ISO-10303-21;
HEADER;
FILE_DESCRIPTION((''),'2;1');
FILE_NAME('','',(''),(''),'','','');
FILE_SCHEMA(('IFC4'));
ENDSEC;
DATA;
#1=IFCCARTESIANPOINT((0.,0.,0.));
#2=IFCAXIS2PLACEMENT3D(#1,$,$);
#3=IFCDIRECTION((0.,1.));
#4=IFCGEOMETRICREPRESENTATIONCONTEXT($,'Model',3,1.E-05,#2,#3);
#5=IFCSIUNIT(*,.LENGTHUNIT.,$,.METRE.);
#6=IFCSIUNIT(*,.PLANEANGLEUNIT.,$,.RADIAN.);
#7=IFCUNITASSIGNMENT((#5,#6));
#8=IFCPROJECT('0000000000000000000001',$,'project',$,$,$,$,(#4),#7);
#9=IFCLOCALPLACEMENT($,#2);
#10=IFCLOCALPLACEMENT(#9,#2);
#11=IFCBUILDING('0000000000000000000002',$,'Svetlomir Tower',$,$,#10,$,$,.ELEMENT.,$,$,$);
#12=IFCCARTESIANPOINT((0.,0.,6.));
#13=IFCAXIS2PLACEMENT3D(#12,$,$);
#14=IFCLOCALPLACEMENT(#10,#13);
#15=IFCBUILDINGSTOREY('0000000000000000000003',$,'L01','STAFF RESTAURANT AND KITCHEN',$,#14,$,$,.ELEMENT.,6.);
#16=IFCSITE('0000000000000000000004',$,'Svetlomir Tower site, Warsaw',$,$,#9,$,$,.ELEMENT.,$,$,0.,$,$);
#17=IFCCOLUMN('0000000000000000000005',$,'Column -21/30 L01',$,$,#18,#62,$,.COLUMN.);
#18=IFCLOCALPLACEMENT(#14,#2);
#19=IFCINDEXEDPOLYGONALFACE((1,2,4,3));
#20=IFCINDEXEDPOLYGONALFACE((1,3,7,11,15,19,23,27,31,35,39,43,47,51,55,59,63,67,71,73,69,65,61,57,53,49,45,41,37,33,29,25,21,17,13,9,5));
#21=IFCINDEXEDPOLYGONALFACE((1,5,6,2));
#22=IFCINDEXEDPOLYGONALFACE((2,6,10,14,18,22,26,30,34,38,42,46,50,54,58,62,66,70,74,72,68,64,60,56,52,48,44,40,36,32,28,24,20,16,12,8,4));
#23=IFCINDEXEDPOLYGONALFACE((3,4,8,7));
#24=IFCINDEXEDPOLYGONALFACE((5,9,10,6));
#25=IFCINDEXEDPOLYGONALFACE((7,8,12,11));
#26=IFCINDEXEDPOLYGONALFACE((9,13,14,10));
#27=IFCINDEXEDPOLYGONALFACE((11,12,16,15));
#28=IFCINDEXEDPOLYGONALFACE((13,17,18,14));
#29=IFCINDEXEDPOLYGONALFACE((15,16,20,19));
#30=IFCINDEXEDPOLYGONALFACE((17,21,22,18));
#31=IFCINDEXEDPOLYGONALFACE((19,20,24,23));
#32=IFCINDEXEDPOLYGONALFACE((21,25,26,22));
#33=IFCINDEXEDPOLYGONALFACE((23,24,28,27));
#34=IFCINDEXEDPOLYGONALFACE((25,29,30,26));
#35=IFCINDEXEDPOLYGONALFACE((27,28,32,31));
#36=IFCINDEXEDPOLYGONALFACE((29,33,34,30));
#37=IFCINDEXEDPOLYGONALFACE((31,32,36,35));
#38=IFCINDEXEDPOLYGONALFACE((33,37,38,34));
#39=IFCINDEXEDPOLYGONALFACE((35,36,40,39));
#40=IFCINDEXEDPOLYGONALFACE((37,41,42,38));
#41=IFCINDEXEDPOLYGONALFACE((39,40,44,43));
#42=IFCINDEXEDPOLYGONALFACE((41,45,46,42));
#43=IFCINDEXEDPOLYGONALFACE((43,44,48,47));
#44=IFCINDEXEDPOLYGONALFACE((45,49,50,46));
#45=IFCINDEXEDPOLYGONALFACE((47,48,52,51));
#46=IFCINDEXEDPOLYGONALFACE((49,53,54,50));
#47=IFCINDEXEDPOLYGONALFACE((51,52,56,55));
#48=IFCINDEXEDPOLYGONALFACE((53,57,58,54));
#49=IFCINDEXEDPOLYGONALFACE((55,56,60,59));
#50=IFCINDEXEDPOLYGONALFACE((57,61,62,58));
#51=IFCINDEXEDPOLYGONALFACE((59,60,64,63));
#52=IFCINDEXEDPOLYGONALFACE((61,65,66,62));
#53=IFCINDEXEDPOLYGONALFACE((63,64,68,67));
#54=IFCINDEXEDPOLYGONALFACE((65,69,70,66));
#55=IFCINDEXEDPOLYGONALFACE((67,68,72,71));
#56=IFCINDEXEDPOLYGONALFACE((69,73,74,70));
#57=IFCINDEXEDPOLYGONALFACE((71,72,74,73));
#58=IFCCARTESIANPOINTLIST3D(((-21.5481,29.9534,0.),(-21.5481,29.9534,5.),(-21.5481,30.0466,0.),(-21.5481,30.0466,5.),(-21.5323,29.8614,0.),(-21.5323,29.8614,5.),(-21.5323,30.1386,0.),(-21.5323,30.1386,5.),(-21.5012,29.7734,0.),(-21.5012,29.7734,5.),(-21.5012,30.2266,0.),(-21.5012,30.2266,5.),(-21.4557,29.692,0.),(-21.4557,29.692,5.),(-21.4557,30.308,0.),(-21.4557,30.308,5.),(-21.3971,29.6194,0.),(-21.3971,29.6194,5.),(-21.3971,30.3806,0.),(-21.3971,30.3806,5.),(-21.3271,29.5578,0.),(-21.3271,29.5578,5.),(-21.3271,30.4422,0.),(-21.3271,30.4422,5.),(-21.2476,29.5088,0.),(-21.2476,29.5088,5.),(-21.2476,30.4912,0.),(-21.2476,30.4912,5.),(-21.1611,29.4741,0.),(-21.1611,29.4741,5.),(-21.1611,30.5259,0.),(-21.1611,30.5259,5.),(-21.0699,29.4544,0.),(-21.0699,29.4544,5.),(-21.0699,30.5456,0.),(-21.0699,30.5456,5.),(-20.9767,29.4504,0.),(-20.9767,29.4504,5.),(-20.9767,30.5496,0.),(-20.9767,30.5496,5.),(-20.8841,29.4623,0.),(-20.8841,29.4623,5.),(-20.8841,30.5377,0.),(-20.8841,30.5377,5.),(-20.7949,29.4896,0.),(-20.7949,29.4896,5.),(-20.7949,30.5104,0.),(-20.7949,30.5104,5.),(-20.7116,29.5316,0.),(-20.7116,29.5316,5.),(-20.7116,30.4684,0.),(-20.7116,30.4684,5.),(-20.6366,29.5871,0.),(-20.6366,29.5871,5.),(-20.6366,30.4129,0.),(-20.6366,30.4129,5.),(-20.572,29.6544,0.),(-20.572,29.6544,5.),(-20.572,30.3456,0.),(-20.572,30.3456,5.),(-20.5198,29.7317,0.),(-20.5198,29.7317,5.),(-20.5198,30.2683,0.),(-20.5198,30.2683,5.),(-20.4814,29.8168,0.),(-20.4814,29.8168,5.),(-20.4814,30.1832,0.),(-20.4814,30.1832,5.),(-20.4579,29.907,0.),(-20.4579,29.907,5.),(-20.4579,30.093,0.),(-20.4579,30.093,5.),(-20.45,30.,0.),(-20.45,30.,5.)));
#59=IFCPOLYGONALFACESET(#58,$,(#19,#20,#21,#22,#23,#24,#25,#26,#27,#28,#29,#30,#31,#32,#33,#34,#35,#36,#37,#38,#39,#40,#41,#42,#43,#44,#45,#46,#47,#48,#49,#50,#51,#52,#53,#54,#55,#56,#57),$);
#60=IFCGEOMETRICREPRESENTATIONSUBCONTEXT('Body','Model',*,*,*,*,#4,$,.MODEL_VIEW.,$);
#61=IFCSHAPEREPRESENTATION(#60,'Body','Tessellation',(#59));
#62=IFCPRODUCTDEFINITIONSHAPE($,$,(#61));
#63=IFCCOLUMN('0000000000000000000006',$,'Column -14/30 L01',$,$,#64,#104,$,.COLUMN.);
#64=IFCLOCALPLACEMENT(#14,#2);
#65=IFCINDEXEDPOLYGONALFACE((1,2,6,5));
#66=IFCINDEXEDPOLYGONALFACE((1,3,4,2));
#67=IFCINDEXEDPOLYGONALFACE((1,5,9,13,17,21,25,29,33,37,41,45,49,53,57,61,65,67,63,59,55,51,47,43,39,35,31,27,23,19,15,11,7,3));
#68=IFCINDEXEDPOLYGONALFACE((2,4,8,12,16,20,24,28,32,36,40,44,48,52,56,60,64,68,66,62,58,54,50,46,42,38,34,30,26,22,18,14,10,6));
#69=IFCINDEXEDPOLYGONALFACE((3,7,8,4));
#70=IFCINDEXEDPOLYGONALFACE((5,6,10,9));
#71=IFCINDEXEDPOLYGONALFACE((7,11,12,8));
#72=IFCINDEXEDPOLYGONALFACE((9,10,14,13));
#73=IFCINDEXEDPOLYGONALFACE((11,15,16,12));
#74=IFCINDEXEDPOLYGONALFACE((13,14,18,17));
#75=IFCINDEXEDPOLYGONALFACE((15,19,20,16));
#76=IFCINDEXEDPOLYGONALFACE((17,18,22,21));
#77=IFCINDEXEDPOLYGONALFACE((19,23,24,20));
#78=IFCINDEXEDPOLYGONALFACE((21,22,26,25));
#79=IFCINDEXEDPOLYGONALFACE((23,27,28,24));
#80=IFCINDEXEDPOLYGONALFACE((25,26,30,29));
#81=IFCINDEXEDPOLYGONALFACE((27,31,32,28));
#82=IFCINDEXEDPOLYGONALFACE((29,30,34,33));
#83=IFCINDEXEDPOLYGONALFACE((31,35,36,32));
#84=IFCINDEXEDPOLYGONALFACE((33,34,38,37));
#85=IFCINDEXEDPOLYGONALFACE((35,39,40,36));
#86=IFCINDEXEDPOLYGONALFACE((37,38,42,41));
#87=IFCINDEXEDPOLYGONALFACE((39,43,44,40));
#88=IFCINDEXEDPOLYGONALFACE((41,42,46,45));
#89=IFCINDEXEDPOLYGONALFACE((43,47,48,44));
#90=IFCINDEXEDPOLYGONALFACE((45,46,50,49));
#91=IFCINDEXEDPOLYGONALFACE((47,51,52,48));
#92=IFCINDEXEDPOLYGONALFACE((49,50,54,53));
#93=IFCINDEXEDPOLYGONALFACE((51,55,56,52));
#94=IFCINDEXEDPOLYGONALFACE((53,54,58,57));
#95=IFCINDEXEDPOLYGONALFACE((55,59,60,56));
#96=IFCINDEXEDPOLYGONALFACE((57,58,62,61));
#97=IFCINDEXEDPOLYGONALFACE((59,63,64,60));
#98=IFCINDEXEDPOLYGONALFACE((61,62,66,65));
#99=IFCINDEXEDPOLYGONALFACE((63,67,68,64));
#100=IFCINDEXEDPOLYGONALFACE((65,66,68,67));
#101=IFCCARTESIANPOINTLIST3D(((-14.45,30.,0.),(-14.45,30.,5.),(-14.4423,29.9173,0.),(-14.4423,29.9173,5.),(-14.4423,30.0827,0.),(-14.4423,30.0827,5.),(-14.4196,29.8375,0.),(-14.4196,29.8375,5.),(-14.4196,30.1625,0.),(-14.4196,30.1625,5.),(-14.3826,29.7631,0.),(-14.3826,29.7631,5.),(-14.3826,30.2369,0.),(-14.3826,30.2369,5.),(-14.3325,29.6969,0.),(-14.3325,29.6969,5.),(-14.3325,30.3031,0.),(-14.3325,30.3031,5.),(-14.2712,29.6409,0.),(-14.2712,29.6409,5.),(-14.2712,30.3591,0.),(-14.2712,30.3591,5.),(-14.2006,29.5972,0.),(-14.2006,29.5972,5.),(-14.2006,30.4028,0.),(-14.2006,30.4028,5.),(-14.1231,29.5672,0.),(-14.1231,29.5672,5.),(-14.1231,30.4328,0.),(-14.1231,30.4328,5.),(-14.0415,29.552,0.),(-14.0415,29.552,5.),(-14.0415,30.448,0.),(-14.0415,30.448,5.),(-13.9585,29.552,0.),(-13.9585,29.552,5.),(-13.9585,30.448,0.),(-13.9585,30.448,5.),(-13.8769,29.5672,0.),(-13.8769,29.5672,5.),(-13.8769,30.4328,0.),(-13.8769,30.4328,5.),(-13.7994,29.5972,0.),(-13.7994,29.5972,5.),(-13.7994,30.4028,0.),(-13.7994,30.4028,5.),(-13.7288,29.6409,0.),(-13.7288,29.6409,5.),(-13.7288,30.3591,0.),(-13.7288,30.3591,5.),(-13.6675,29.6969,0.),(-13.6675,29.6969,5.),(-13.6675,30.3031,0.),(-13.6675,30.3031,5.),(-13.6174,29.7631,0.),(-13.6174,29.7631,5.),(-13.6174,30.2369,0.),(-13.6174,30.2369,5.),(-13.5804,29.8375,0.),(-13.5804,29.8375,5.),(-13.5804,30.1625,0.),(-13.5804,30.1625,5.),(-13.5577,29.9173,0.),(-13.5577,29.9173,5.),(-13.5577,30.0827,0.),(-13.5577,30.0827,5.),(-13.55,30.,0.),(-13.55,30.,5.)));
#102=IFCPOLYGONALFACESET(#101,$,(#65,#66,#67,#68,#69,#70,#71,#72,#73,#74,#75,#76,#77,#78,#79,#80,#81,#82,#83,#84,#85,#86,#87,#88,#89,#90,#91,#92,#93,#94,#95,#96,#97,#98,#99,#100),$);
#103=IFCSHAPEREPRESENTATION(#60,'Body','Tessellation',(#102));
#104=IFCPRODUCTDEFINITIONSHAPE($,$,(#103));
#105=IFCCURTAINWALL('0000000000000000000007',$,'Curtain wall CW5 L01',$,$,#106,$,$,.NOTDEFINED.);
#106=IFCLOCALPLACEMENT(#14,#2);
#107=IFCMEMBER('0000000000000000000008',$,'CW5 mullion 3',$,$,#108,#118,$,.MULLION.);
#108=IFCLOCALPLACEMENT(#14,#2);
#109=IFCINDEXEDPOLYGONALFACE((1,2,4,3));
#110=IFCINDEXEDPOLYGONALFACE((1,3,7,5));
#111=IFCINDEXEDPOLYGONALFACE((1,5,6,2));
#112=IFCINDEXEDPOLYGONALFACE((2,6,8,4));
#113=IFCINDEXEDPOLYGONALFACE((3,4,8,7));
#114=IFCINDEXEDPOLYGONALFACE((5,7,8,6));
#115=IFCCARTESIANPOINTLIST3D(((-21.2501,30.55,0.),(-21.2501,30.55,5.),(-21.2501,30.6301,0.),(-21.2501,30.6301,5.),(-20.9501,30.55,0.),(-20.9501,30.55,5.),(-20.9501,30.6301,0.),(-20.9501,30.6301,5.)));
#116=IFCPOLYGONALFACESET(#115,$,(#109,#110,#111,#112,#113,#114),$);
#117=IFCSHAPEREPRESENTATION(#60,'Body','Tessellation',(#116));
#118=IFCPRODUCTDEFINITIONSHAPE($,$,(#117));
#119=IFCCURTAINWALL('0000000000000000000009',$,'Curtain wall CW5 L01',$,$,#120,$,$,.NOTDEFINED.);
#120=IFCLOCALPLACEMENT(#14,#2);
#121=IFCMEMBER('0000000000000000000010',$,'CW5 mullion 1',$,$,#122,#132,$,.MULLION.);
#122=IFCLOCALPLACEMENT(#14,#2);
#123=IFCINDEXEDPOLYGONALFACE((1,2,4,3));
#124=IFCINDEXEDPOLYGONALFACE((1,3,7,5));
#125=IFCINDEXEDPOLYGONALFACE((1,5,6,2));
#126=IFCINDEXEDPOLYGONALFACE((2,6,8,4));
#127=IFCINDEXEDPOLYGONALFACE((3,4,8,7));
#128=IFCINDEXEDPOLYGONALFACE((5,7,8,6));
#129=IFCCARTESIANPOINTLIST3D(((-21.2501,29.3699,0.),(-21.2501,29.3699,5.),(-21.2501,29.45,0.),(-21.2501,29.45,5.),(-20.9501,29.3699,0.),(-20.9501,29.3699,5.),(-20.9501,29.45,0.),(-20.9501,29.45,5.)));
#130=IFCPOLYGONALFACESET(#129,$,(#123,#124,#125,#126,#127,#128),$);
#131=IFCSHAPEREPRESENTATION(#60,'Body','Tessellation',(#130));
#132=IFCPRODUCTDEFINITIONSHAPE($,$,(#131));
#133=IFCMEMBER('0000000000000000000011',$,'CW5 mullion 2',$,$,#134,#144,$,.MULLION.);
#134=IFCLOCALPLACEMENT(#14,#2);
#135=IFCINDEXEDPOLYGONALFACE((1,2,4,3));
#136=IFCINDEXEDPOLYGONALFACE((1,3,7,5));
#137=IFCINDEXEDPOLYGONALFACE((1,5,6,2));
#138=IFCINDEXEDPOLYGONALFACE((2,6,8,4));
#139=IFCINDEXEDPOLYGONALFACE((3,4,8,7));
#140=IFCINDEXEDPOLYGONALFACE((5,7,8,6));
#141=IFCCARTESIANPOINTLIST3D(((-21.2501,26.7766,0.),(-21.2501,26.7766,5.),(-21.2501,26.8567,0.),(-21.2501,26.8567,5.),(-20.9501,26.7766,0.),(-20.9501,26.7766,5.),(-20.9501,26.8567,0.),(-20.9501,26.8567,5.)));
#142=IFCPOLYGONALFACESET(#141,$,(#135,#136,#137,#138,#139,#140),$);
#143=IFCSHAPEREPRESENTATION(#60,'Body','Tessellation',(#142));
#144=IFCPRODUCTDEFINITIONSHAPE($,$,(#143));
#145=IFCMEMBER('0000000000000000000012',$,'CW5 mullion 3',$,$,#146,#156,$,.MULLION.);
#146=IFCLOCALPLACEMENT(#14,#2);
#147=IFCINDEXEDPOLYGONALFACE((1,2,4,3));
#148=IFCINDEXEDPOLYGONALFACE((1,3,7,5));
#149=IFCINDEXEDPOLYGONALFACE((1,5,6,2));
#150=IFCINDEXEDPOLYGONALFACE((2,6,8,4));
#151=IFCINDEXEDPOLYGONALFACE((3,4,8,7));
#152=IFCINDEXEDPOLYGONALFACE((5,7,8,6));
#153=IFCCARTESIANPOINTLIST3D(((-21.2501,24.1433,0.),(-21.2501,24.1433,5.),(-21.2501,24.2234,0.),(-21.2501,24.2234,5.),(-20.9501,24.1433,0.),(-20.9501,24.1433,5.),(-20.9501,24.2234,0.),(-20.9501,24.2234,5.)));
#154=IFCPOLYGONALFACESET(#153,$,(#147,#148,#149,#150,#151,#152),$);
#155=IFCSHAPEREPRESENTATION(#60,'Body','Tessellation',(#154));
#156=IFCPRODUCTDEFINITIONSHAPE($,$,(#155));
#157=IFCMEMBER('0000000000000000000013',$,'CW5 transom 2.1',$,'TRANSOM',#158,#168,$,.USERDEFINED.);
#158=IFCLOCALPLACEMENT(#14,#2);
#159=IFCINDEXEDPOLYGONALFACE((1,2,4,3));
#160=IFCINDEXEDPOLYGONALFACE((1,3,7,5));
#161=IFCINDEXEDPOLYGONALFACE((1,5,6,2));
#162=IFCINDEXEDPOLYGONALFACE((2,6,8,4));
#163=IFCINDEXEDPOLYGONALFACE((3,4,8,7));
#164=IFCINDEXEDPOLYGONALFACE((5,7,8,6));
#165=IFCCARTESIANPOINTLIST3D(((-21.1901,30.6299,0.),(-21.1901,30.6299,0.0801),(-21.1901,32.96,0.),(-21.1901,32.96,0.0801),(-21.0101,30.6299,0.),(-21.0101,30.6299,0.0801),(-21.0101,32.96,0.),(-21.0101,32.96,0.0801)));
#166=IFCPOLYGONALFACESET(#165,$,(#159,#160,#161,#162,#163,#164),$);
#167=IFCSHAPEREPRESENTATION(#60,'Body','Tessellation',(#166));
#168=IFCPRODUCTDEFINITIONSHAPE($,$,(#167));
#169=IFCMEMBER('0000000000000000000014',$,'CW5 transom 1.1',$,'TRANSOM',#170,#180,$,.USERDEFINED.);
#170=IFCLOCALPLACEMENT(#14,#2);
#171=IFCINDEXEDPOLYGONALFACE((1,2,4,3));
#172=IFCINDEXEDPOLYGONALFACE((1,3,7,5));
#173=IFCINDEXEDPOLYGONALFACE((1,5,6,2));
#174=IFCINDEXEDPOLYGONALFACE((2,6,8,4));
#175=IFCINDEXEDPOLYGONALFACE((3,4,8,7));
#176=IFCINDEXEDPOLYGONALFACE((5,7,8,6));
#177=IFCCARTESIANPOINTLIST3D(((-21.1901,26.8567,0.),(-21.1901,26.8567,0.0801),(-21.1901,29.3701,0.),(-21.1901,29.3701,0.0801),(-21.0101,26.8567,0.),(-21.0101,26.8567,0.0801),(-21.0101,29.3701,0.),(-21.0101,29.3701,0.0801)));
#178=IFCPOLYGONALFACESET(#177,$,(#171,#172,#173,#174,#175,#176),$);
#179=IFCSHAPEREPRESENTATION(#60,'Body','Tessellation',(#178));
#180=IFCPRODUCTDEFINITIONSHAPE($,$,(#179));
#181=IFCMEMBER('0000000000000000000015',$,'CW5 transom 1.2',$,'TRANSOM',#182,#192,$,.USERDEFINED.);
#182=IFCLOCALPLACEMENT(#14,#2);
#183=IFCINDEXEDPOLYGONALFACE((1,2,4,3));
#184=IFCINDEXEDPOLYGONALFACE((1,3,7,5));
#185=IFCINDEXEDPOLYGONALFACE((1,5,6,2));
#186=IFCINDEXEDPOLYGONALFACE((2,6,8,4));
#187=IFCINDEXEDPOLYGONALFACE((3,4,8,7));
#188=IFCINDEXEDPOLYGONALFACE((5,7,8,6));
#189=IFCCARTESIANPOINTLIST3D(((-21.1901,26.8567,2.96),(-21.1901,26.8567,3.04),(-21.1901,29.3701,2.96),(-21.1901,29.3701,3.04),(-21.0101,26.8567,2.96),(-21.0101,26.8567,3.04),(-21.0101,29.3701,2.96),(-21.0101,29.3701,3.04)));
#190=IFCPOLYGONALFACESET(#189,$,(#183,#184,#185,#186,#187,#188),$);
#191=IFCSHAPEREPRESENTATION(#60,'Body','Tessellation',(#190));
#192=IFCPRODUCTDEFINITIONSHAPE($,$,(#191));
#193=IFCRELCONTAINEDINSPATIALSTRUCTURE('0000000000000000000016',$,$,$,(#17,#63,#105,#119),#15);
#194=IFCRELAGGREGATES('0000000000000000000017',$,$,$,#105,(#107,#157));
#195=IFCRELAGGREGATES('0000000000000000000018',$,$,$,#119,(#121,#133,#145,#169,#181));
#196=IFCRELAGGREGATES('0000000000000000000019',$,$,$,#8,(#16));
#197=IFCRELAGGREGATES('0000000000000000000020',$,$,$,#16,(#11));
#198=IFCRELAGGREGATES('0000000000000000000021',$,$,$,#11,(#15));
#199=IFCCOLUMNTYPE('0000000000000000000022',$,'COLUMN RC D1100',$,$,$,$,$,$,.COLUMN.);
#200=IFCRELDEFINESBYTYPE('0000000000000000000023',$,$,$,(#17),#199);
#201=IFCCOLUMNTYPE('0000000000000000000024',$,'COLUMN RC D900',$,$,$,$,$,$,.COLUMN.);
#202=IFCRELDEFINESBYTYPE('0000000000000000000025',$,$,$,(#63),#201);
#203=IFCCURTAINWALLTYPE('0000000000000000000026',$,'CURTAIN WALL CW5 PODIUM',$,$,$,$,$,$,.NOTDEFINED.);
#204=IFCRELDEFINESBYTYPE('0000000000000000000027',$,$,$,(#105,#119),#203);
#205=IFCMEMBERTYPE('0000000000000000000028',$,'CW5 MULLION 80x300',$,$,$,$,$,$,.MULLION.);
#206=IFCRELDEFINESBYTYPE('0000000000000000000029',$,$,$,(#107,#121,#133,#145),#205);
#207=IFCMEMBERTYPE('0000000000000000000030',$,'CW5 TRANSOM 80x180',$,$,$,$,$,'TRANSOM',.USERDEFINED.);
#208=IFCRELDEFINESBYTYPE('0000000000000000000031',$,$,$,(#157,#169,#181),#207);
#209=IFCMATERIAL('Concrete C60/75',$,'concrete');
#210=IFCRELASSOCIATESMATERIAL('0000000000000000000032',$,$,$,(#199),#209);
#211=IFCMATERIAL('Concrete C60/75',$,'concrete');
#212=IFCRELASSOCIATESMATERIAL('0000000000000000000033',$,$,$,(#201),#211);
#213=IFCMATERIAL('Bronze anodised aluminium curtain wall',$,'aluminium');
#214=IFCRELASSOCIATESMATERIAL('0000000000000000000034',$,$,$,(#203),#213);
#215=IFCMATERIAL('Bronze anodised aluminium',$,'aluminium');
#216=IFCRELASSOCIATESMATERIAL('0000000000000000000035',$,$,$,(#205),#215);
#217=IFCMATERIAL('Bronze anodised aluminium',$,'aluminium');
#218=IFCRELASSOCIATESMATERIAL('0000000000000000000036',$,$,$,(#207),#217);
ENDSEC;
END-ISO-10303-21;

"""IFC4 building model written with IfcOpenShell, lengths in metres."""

from ifc_helpers import new_model, si_unit, direction, frame, origin, origin_2d, place, context, subcontext, project, spatial, rectangle, circle, extrude, material, material_profile, profile_set, type_object, element, aggregate, save


model = new_model("IFC4")

# Units and contexts
model_context = context("Model", 3, precision=1e-05, world=origin(), true_north=direction((0.0, 1.0)))
body_context = subcontext(model_context, "Body", "Model", "MODEL_VIEW")
ifc_project = project(units=[si_unit("LENGTHUNIT", "METRE"), si_unit("PLANEANGLEUNIT", "RADIAN")], contexts=[model_context])

# Site, building, storey
site_placement = place(None, origin())
site = spatial("IfcSite", under=ifc_project, at=site_placement, Name="Svetlomir Tower site, Warsaw", CompositionType="ELEMENT", RefElevation=0.0)
building_placement = place(site_placement, origin())
building = spatial("IfcBuilding", under=site, at=building_placement, Name="Svetlomir Tower", CompositionType="ELEMENT")
storey_placement = place(building_placement, frame((0.0, 0.0, 6.0)))
storey = spatial("IfcBuildingStorey", under=building, at=storey_placement, Name="L01", Description="STAFF RESTAURANT AND KITCHEN", CompositionType="ELEMENT", Elevation=6.0)

# Columns
ifc_material_1 = material(Name="Concrete C60/75", Category="concrete")
ifc_material_profile_1 = material_profile(ifc_material_1, circle(Radius=0.55, at=origin_2d()), Name="RC D1100")
ifc_profile_set_1 = profile_set([ifc_material_profile_1], Name="Concrete C60/75")
column_type_1 = type_object("IfcColumnType", Name="COLUMN RC D1100", PredefinedType="COLUMN", material=ifc_profile_set_1)
column_1_placement = place(storey_placement, frame((-21.0, 30.0, 0.0), z_axis=(0.0, 0.0, 1.0), x_axis=(1.0, 0.0, 0.0)))
element("IfcColumn", 1, at=column_1_placement, inside=storey, type_object=column_type_1, Name="Column -21/30 L01", PredefinedType="COLUMN", context=body_context, shape_type="SweptSolid", body=[
    extrude(circle(Radius=0.55, at=origin_2d()), origin(), (0.0, 0.0, 1.0), 5.0),
])
ifc_material_2 = material(Name="Concrete C60/75", Category="concrete")
ifc_material_profile_2 = material_profile(ifc_material_2, circle(Radius=0.45, at=origin_2d()), Name="RC D900")
ifc_profile_set_2 = profile_set([ifc_material_profile_2], Name="Concrete C60/75")
column_type_2 = type_object("IfcColumnType", Name="COLUMN RC D900", PredefinedType="COLUMN", material=ifc_profile_set_2)
column_2_placement = place(storey_placement, frame((-14.0, 30.0, 0.0), z_axis=(0.0, 0.0, 1.0), x_axis=(1.0, 0.0, 0.0)))
element("IfcColumn", 2, at=column_2_placement, inside=storey, type_object=column_type_2, Name="Column -14/30 L01", PredefinedType="COLUMN", context=body_context, shape_type="SweptSolid", body=[
    extrude(circle(Radius=0.45, at=origin_2d()), origin(), (0.0, 0.0, 1.0), 5.0),
])

# Curtain wall, member
ifc_material_3 = material(Name="Bronze anodised aluminium curtain wall", Category="aluminium")
curtain_wall_type = type_object("IfcCurtainWallType", Name="CURTAIN WALL CW5 PODIUM", PredefinedType="NOTDEFINED", material=ifc_material_3)
curtain_wall_1_placement = place(storey_placement, origin())
curtain_wall_1 = element("IfcCurtainWall", 3, at=curtain_wall_1_placement, inside=storey, type_object=curtain_wall_type, Name="Curtain wall CW5 L01", PredefinedType="NOTDEFINED")
ifc_material_4 = material(Name="Bronze anodised aluminium", Category="aluminium")
ifc_material_profile_3 = material_profile(ifc_material_4, rectangle(XDim=0.0801, YDim=0.3, at=origin_2d()), Name="AL 80x300")
ifc_profile_set_3 = profile_set([ifc_material_profile_3], Name="Bronze anodised aluminium 6063-T6")
member_type_1 = type_object("IfcMemberType", Name="CW5 MULLION 80x300", PredefinedType="MULLION", material=ifc_profile_set_3)
member_1_placement = place(storey_placement, frame((-21.1001, 30.5901, 0.0), z_axis=(0.0, 0.0, 1.0), x_axis=(0.0, -1.0, 0.0)))
member_1 = element("IfcMember", 4, at=member_1_placement, type_object=member_type_1, Name="CW5 mullion 3", PredefinedType="MULLION", context=body_context, shape_type="SweptSolid", body=[
    extrude(rectangle(XDim=0.0801, YDim=0.3, at=origin_2d()), origin(), (0.0, 0.0, 1.0), 5.0),
])

# Curtain wall, members
curtain_wall_2_placement = place(storey_placement, origin())
curtain_wall_2 = element("IfcCurtainWall", 5, at=curtain_wall_2_placement, inside=storey, type_object=curtain_wall_type, Name="Curtain wall CW5 L01", PredefinedType="NOTDEFINED")
member_2_placement = place(storey_placement, frame((-21.1001, 29.4099, 0.0), z_axis=(0.0, 0.0, 1.0), x_axis=(0.0, -1.0, 0.0)))
member_2 = element("IfcMember", 6, at=member_2_placement, type_object=member_type_1, Name="CW5 mullion 1", PredefinedType="MULLION", context=body_context, shape_type="SweptSolid", body=[
    extrude(rectangle(XDim=0.0801, YDim=0.3, at=origin_2d()), origin(), (0.0, 0.0, 1.0), 5.0),
])
member_3_placement = place(storey_placement, frame((-21.1001, 26.8167, 0.0), z_axis=(0.0, 0.0, 1.0), x_axis=(0.0, -1.0, 0.0)))
member_3 = element("IfcMember", 7, at=member_3_placement, type_object=member_type_1, Name="CW5 mullion 2", PredefinedType="MULLION", context=body_context, shape_type="SweptSolid", body=[
    extrude(rectangle(XDim=0.0801, YDim=0.3, at=origin_2d()), origin(), (0.0, 0.0, 1.0), 5.0),
])
member_4_placement = place(storey_placement, frame((-21.1001, 24.1833, 0.0), z_axis=(0.0, 0.0, 1.0), x_axis=(0.0, -1.0, 0.0)))
member_4 = element("IfcMember", 8, at=member_4_placement, type_object=member_type_1, Name="CW5 mullion 3", PredefinedType="MULLION", context=body_context, shape_type="SweptSolid", body=[
    extrude(rectangle(XDim=0.0801, YDim=0.3, at=origin_2d()), origin(), (0.0, 0.0, 1.0), 5.0),
])

# Members
ifc_material_5 = material(Name="Bronze anodised aluminium", Category="aluminium")
ifc_material_profile_4 = material_profile(ifc_material_5, rectangle(XDim=0.1799, YDim=0.0801, at=origin_2d()), Name="AL 180x80")
ifc_profile_set_4 = profile_set([ifc_material_profile_4], Name="Bronze anodised aluminium 6063-T6")
member_type_2 = type_object("IfcMemberType", Name="CW5 TRANSOM 80x180", ElementType="TRANSOM", PredefinedType="USERDEFINED", material=ifc_profile_set_4)
member_5_placement = place(storey_placement, frame((-21.1001, 32.96, 0.04), z_axis=(0.0, -1.0, 0.0), x_axis=(1.0, 0.0, 0.0)))
member_5 = element("IfcMember", 9, at=member_5_placement, type_object=member_type_2, Name="CW5 transom 2.1", ObjectType="TRANSOM", PredefinedType="USERDEFINED", context=body_context, shape_type="SweptSolid", body=[
    extrude(rectangle(XDim=0.1799, YDim=0.0801, at=origin_2d()), origin(), (0.0, 0.0, 1.0), 2.3301),
])
member_6_placement = place(storey_placement, frame((-21.1001, 29.3701, 0.04), z_axis=(0.0, -1.0, 0.0), x_axis=(1.0, 0.0, 0.0)))
member_6 = element("IfcMember", 10, at=member_6_placement, type_object=member_type_2, Name="CW5 transom 1.1", ObjectType="TRANSOM", PredefinedType="USERDEFINED", context=body_context, shape_type="SweptSolid", body=[
    extrude(rectangle(XDim=0.1799, YDim=0.0801, at=origin_2d()), origin(), (0.0, 0.0, 1.0), 2.5134),
])
member_7_placement = place(storey_placement, frame((-21.1001, 29.3701, 3.0), z_axis=(0.0, -1.0, 0.0), x_axis=(1.0, 0.0, 0.0)))
member_7 = element("IfcMember", 11, at=member_7_placement, type_object=member_type_2, Name="CW5 transom 1.2", ObjectType="TRANSOM", PredefinedType="USERDEFINED", context=body_context, shape_type="SweptSolid", body=[
    extrude(rectangle(XDim=0.1799, YDim=0.0801, at=origin_2d()), origin(), (0.0, 0.0, 1.0), 2.5134),
])

aggregate(curtain_wall_1, [member_1, member_5])
aggregate(curtain_wall_2, [member_2, member_3, member_4, member_6, member_7])

save(model, "model.ifc")
